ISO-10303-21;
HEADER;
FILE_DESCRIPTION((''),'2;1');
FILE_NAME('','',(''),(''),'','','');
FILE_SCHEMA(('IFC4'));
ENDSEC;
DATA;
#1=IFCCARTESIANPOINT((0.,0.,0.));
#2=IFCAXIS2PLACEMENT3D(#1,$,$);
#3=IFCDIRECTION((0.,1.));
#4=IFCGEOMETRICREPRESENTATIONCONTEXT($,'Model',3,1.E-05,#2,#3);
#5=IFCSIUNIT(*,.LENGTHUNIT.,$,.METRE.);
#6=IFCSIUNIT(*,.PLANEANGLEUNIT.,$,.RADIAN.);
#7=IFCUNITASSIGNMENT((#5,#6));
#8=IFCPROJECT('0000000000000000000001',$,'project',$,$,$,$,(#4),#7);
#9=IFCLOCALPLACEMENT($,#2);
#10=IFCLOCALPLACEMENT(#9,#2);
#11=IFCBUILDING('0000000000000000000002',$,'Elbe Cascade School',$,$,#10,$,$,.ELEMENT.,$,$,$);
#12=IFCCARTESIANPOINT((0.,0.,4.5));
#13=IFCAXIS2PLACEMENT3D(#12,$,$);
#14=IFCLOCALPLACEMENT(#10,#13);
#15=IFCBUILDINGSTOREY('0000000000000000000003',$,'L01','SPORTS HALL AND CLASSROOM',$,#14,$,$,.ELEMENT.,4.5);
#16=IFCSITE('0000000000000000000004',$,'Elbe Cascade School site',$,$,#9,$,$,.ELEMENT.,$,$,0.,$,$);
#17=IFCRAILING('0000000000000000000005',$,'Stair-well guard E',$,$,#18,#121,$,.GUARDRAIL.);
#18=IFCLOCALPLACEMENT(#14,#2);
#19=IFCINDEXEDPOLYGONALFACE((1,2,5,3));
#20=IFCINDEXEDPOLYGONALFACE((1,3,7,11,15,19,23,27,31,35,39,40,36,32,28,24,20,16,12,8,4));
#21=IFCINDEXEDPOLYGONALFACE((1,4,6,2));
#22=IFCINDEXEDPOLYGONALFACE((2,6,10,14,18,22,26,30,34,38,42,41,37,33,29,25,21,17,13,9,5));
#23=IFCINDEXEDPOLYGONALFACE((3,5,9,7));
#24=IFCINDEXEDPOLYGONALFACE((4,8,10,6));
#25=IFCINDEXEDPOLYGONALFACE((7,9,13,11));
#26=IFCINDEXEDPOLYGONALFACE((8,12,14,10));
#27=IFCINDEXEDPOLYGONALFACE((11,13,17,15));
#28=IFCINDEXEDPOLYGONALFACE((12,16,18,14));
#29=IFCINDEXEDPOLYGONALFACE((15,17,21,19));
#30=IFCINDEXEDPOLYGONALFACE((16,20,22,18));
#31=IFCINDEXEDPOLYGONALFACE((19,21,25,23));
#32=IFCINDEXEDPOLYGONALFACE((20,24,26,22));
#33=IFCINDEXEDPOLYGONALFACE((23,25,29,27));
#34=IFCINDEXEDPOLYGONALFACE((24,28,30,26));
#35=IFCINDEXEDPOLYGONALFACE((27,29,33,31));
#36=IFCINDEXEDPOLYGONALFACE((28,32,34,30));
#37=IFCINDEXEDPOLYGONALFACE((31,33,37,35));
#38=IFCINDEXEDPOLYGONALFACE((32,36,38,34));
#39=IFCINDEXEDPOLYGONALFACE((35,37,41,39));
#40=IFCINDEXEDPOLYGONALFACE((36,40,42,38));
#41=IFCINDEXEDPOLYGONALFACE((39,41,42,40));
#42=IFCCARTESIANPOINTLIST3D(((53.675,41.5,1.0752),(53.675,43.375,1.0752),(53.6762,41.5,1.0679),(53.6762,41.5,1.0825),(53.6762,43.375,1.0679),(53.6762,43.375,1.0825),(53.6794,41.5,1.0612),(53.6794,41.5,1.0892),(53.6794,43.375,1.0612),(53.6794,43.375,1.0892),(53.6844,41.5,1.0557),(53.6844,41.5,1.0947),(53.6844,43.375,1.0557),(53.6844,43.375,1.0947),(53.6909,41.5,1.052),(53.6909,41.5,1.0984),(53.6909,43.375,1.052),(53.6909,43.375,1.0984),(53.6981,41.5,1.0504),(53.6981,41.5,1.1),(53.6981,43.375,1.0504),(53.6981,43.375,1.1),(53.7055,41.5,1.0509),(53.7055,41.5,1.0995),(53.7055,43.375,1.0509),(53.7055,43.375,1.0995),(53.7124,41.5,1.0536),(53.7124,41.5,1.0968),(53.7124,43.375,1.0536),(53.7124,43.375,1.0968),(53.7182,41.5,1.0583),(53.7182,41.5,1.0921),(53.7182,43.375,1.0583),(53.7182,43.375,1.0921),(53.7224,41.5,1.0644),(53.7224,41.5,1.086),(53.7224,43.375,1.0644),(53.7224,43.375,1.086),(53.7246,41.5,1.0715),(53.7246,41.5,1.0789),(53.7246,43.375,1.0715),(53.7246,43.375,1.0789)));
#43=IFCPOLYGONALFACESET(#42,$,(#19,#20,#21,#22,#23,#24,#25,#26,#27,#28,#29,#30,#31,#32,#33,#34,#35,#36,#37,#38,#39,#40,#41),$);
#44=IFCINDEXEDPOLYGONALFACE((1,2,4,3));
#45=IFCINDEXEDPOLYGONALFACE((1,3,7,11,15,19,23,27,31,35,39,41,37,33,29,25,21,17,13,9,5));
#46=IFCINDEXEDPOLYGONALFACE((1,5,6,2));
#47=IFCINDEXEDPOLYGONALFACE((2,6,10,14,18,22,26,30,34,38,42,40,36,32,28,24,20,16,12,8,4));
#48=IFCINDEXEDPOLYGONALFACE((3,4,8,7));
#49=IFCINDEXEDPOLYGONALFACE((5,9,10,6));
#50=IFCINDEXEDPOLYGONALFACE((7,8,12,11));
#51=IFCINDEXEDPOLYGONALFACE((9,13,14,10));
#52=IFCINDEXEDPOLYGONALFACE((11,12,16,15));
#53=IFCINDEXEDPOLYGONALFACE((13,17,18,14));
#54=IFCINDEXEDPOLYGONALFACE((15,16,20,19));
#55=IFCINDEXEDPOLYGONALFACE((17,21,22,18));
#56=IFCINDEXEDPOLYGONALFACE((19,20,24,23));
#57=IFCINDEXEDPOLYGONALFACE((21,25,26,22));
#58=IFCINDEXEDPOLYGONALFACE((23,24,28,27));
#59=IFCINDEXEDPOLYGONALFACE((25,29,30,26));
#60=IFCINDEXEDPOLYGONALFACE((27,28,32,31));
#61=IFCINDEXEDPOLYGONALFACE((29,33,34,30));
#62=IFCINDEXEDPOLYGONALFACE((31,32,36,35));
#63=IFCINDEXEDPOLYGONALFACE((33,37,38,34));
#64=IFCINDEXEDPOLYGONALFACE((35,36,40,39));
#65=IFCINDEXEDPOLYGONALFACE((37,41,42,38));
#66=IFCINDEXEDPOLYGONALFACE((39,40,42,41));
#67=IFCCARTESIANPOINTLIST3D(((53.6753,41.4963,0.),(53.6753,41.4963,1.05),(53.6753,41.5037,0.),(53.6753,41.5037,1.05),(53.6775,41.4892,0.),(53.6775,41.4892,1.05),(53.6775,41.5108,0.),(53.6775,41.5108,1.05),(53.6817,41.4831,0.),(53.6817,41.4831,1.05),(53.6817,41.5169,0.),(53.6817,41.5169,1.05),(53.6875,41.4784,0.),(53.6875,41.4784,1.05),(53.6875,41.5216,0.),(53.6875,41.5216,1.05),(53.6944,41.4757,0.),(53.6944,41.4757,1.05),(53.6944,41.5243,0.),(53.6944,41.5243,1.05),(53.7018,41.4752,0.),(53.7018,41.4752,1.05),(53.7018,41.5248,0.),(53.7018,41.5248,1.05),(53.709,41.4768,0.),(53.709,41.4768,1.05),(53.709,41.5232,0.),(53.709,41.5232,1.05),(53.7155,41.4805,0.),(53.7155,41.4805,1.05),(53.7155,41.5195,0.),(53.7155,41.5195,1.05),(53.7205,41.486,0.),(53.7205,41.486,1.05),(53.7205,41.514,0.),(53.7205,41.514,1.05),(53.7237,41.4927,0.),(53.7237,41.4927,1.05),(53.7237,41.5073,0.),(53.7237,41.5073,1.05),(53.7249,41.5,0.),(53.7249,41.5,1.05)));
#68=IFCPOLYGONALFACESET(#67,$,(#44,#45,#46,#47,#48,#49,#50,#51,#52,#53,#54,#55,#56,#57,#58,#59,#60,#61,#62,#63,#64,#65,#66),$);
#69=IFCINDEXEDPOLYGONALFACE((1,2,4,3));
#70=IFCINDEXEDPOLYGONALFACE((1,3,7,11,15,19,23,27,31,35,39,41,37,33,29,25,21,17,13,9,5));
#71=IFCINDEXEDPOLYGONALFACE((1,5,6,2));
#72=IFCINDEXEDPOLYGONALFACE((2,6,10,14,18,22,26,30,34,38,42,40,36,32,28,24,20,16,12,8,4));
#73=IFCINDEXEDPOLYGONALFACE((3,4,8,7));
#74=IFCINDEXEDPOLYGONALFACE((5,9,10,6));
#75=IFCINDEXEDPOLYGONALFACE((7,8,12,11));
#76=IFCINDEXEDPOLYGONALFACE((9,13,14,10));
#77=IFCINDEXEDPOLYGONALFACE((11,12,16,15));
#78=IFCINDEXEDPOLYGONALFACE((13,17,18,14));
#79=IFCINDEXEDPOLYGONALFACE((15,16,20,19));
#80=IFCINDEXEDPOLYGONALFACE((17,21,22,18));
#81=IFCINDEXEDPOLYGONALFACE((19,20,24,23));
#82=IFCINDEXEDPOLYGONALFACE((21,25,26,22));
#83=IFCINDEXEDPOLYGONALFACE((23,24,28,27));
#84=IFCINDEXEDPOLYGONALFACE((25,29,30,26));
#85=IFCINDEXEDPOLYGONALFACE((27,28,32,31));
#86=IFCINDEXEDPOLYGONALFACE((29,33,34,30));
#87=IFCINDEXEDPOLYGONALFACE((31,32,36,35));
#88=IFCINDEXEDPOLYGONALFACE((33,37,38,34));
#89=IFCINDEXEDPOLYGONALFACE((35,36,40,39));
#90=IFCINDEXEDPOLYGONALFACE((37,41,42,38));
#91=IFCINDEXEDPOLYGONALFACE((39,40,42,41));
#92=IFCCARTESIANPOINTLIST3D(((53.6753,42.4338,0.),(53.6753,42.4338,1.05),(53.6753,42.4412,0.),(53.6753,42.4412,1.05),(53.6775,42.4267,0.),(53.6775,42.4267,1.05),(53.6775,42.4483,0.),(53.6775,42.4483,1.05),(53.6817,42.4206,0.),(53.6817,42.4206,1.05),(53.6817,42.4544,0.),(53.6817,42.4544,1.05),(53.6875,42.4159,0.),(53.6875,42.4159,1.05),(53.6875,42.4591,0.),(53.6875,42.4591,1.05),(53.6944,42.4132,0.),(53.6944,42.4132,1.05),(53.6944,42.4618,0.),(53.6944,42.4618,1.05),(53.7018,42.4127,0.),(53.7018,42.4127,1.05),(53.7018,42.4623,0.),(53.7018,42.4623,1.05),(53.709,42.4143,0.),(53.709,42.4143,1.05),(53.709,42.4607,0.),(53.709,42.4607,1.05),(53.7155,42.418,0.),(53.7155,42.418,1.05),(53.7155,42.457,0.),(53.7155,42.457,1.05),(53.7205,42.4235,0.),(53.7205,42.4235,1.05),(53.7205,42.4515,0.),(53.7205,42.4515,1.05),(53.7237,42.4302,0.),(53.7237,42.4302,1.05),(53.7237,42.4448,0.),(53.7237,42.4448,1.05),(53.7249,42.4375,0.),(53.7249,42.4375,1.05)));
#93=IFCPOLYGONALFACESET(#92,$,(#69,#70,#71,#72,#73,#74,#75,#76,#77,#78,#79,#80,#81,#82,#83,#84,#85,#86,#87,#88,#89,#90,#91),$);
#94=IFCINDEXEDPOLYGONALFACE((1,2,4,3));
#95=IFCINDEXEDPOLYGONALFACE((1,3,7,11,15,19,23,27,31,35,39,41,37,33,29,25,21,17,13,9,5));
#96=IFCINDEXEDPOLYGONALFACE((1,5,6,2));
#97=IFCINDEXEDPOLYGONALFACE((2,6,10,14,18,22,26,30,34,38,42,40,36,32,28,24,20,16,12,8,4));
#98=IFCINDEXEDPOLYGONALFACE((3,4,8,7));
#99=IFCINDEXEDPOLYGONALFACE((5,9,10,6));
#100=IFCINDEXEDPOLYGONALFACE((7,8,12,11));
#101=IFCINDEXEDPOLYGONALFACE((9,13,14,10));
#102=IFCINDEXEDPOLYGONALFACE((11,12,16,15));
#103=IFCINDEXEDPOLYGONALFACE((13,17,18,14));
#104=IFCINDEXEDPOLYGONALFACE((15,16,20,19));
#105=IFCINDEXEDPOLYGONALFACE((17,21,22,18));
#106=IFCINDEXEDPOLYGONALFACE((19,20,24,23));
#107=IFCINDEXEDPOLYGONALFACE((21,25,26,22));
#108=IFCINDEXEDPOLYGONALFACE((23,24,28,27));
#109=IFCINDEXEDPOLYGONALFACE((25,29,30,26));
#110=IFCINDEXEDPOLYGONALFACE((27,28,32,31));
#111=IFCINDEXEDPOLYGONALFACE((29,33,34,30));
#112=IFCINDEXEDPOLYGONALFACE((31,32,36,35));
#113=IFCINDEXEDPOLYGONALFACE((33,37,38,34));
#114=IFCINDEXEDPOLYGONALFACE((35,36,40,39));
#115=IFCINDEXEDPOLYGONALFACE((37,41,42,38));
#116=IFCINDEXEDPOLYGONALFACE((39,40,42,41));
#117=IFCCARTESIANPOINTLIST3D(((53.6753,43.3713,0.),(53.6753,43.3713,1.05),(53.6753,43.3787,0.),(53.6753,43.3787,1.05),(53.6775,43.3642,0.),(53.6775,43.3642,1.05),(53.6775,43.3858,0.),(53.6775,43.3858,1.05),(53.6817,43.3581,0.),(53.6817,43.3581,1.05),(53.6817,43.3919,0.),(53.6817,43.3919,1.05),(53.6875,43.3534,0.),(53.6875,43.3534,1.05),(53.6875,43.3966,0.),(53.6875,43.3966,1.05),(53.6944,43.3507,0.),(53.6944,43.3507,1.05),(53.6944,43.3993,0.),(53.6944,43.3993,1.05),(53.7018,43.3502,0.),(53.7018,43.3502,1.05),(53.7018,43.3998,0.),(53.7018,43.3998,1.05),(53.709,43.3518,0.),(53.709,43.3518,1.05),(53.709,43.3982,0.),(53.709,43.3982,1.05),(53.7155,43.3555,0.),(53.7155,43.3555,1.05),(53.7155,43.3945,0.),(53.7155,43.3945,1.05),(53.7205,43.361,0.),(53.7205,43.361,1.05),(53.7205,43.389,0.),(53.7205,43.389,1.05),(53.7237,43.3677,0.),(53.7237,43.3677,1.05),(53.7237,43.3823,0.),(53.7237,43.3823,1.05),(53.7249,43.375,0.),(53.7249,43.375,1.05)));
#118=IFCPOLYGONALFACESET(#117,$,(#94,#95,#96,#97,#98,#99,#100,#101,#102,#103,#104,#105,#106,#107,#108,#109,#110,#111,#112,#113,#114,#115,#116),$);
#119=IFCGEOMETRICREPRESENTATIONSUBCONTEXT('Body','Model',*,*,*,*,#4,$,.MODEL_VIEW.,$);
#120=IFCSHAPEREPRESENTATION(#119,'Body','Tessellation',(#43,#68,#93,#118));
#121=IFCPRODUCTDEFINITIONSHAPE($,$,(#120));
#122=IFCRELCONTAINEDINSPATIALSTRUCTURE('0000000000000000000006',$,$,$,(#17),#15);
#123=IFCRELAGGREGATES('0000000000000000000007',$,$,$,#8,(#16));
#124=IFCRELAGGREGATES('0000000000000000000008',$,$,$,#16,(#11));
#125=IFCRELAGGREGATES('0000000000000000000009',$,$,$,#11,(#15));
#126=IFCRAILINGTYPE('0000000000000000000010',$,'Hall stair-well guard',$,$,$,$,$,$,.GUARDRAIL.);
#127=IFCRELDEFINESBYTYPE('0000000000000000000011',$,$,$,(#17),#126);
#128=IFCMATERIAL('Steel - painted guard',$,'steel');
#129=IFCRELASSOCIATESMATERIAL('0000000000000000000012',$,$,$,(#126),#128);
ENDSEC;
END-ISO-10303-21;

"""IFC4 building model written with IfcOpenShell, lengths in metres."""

from ifc_helpers import new_model, si_unit, direction, frame, origin, origin_2d, place, context, subcontext, project, spatial, circle, extrude, material, type_object, element, save


model = new_model("IFC4")

# Units and contexts
model_context = context("Model", 3, precision=1e-05, world=origin(), true_north=direction((0.0, 1.0)))
body_context = subcontext(model_context, "Body", "Model", "MODEL_VIEW")
ifc_project = project(units=[si_unit("LENGTHUNIT", "METRE"), si_unit("PLANEANGLEUNIT", "RADIAN")], contexts=[model_context])

# Site, building, storey
site_placement = place(None, origin())
site = spatial("IfcSite", under=ifc_project, at=site_placement, Name="Elbe Cascade School site", CompositionType="ELEMENT", RefElevation=0.0)
building_placement = place(site_placement, origin())
building = spatial("IfcBuilding", under=site, at=building_placement, Name="Elbe Cascade School", CompositionType="ELEMENT")
storey_placement = place(building_placement, frame((0.0, 0.0, 4.5)))
storey = spatial("IfcBuildingStorey", under=building, at=storey_placement, Name="L01", Description="SPORTS HALL AND CLASSROOM", CompositionType="ELEMENT", Elevation=4.5)

# Railing
ifc_material_1 = material(Name="Steel - painted guard", Category="steel")
railing_type = type_object("IfcRailingType", Name="Hall stair-well guard", PredefinedType="GUARDRAIL", material=ifc_material_1)
railing_placement = place(storey_placement, frame((53.7, 41.5, 0.0)))
element("IfcRailing", 1, at=railing_placement, inside=storey, type_object=railing_type, Name="Stair-well guard E", PredefinedType="GUARDRAIL", context=body_context, shape_type="SweptSolid", body=[
    extrude(circle(Radius=0.0249, at=origin_2d()), frame((0.0, 0.0, 1.0752), z_axis=(0.0, 1.0, 0.0), x_axis=(-1.0, 0.0, 0.0)), (0.0, 0.0, 1.0), 1.875),
    extrude(circle(Radius=0.0249, at=origin_2d()), origin(), (0.0, 0.0, 1.0), 1.05),
    extrude(circle(Radius=0.0249, at=origin_2d()), frame((0.0, 0.9375, 0.0)), (0.0, 0.0, 1.0), 1.05),
    extrude(circle(Radius=0.0249, at=origin_2d()), frame((0.0, 1.875, 0.0)), (0.0, 0.0, 1.0), 1.05),
])

save(model, "model.ifc")
